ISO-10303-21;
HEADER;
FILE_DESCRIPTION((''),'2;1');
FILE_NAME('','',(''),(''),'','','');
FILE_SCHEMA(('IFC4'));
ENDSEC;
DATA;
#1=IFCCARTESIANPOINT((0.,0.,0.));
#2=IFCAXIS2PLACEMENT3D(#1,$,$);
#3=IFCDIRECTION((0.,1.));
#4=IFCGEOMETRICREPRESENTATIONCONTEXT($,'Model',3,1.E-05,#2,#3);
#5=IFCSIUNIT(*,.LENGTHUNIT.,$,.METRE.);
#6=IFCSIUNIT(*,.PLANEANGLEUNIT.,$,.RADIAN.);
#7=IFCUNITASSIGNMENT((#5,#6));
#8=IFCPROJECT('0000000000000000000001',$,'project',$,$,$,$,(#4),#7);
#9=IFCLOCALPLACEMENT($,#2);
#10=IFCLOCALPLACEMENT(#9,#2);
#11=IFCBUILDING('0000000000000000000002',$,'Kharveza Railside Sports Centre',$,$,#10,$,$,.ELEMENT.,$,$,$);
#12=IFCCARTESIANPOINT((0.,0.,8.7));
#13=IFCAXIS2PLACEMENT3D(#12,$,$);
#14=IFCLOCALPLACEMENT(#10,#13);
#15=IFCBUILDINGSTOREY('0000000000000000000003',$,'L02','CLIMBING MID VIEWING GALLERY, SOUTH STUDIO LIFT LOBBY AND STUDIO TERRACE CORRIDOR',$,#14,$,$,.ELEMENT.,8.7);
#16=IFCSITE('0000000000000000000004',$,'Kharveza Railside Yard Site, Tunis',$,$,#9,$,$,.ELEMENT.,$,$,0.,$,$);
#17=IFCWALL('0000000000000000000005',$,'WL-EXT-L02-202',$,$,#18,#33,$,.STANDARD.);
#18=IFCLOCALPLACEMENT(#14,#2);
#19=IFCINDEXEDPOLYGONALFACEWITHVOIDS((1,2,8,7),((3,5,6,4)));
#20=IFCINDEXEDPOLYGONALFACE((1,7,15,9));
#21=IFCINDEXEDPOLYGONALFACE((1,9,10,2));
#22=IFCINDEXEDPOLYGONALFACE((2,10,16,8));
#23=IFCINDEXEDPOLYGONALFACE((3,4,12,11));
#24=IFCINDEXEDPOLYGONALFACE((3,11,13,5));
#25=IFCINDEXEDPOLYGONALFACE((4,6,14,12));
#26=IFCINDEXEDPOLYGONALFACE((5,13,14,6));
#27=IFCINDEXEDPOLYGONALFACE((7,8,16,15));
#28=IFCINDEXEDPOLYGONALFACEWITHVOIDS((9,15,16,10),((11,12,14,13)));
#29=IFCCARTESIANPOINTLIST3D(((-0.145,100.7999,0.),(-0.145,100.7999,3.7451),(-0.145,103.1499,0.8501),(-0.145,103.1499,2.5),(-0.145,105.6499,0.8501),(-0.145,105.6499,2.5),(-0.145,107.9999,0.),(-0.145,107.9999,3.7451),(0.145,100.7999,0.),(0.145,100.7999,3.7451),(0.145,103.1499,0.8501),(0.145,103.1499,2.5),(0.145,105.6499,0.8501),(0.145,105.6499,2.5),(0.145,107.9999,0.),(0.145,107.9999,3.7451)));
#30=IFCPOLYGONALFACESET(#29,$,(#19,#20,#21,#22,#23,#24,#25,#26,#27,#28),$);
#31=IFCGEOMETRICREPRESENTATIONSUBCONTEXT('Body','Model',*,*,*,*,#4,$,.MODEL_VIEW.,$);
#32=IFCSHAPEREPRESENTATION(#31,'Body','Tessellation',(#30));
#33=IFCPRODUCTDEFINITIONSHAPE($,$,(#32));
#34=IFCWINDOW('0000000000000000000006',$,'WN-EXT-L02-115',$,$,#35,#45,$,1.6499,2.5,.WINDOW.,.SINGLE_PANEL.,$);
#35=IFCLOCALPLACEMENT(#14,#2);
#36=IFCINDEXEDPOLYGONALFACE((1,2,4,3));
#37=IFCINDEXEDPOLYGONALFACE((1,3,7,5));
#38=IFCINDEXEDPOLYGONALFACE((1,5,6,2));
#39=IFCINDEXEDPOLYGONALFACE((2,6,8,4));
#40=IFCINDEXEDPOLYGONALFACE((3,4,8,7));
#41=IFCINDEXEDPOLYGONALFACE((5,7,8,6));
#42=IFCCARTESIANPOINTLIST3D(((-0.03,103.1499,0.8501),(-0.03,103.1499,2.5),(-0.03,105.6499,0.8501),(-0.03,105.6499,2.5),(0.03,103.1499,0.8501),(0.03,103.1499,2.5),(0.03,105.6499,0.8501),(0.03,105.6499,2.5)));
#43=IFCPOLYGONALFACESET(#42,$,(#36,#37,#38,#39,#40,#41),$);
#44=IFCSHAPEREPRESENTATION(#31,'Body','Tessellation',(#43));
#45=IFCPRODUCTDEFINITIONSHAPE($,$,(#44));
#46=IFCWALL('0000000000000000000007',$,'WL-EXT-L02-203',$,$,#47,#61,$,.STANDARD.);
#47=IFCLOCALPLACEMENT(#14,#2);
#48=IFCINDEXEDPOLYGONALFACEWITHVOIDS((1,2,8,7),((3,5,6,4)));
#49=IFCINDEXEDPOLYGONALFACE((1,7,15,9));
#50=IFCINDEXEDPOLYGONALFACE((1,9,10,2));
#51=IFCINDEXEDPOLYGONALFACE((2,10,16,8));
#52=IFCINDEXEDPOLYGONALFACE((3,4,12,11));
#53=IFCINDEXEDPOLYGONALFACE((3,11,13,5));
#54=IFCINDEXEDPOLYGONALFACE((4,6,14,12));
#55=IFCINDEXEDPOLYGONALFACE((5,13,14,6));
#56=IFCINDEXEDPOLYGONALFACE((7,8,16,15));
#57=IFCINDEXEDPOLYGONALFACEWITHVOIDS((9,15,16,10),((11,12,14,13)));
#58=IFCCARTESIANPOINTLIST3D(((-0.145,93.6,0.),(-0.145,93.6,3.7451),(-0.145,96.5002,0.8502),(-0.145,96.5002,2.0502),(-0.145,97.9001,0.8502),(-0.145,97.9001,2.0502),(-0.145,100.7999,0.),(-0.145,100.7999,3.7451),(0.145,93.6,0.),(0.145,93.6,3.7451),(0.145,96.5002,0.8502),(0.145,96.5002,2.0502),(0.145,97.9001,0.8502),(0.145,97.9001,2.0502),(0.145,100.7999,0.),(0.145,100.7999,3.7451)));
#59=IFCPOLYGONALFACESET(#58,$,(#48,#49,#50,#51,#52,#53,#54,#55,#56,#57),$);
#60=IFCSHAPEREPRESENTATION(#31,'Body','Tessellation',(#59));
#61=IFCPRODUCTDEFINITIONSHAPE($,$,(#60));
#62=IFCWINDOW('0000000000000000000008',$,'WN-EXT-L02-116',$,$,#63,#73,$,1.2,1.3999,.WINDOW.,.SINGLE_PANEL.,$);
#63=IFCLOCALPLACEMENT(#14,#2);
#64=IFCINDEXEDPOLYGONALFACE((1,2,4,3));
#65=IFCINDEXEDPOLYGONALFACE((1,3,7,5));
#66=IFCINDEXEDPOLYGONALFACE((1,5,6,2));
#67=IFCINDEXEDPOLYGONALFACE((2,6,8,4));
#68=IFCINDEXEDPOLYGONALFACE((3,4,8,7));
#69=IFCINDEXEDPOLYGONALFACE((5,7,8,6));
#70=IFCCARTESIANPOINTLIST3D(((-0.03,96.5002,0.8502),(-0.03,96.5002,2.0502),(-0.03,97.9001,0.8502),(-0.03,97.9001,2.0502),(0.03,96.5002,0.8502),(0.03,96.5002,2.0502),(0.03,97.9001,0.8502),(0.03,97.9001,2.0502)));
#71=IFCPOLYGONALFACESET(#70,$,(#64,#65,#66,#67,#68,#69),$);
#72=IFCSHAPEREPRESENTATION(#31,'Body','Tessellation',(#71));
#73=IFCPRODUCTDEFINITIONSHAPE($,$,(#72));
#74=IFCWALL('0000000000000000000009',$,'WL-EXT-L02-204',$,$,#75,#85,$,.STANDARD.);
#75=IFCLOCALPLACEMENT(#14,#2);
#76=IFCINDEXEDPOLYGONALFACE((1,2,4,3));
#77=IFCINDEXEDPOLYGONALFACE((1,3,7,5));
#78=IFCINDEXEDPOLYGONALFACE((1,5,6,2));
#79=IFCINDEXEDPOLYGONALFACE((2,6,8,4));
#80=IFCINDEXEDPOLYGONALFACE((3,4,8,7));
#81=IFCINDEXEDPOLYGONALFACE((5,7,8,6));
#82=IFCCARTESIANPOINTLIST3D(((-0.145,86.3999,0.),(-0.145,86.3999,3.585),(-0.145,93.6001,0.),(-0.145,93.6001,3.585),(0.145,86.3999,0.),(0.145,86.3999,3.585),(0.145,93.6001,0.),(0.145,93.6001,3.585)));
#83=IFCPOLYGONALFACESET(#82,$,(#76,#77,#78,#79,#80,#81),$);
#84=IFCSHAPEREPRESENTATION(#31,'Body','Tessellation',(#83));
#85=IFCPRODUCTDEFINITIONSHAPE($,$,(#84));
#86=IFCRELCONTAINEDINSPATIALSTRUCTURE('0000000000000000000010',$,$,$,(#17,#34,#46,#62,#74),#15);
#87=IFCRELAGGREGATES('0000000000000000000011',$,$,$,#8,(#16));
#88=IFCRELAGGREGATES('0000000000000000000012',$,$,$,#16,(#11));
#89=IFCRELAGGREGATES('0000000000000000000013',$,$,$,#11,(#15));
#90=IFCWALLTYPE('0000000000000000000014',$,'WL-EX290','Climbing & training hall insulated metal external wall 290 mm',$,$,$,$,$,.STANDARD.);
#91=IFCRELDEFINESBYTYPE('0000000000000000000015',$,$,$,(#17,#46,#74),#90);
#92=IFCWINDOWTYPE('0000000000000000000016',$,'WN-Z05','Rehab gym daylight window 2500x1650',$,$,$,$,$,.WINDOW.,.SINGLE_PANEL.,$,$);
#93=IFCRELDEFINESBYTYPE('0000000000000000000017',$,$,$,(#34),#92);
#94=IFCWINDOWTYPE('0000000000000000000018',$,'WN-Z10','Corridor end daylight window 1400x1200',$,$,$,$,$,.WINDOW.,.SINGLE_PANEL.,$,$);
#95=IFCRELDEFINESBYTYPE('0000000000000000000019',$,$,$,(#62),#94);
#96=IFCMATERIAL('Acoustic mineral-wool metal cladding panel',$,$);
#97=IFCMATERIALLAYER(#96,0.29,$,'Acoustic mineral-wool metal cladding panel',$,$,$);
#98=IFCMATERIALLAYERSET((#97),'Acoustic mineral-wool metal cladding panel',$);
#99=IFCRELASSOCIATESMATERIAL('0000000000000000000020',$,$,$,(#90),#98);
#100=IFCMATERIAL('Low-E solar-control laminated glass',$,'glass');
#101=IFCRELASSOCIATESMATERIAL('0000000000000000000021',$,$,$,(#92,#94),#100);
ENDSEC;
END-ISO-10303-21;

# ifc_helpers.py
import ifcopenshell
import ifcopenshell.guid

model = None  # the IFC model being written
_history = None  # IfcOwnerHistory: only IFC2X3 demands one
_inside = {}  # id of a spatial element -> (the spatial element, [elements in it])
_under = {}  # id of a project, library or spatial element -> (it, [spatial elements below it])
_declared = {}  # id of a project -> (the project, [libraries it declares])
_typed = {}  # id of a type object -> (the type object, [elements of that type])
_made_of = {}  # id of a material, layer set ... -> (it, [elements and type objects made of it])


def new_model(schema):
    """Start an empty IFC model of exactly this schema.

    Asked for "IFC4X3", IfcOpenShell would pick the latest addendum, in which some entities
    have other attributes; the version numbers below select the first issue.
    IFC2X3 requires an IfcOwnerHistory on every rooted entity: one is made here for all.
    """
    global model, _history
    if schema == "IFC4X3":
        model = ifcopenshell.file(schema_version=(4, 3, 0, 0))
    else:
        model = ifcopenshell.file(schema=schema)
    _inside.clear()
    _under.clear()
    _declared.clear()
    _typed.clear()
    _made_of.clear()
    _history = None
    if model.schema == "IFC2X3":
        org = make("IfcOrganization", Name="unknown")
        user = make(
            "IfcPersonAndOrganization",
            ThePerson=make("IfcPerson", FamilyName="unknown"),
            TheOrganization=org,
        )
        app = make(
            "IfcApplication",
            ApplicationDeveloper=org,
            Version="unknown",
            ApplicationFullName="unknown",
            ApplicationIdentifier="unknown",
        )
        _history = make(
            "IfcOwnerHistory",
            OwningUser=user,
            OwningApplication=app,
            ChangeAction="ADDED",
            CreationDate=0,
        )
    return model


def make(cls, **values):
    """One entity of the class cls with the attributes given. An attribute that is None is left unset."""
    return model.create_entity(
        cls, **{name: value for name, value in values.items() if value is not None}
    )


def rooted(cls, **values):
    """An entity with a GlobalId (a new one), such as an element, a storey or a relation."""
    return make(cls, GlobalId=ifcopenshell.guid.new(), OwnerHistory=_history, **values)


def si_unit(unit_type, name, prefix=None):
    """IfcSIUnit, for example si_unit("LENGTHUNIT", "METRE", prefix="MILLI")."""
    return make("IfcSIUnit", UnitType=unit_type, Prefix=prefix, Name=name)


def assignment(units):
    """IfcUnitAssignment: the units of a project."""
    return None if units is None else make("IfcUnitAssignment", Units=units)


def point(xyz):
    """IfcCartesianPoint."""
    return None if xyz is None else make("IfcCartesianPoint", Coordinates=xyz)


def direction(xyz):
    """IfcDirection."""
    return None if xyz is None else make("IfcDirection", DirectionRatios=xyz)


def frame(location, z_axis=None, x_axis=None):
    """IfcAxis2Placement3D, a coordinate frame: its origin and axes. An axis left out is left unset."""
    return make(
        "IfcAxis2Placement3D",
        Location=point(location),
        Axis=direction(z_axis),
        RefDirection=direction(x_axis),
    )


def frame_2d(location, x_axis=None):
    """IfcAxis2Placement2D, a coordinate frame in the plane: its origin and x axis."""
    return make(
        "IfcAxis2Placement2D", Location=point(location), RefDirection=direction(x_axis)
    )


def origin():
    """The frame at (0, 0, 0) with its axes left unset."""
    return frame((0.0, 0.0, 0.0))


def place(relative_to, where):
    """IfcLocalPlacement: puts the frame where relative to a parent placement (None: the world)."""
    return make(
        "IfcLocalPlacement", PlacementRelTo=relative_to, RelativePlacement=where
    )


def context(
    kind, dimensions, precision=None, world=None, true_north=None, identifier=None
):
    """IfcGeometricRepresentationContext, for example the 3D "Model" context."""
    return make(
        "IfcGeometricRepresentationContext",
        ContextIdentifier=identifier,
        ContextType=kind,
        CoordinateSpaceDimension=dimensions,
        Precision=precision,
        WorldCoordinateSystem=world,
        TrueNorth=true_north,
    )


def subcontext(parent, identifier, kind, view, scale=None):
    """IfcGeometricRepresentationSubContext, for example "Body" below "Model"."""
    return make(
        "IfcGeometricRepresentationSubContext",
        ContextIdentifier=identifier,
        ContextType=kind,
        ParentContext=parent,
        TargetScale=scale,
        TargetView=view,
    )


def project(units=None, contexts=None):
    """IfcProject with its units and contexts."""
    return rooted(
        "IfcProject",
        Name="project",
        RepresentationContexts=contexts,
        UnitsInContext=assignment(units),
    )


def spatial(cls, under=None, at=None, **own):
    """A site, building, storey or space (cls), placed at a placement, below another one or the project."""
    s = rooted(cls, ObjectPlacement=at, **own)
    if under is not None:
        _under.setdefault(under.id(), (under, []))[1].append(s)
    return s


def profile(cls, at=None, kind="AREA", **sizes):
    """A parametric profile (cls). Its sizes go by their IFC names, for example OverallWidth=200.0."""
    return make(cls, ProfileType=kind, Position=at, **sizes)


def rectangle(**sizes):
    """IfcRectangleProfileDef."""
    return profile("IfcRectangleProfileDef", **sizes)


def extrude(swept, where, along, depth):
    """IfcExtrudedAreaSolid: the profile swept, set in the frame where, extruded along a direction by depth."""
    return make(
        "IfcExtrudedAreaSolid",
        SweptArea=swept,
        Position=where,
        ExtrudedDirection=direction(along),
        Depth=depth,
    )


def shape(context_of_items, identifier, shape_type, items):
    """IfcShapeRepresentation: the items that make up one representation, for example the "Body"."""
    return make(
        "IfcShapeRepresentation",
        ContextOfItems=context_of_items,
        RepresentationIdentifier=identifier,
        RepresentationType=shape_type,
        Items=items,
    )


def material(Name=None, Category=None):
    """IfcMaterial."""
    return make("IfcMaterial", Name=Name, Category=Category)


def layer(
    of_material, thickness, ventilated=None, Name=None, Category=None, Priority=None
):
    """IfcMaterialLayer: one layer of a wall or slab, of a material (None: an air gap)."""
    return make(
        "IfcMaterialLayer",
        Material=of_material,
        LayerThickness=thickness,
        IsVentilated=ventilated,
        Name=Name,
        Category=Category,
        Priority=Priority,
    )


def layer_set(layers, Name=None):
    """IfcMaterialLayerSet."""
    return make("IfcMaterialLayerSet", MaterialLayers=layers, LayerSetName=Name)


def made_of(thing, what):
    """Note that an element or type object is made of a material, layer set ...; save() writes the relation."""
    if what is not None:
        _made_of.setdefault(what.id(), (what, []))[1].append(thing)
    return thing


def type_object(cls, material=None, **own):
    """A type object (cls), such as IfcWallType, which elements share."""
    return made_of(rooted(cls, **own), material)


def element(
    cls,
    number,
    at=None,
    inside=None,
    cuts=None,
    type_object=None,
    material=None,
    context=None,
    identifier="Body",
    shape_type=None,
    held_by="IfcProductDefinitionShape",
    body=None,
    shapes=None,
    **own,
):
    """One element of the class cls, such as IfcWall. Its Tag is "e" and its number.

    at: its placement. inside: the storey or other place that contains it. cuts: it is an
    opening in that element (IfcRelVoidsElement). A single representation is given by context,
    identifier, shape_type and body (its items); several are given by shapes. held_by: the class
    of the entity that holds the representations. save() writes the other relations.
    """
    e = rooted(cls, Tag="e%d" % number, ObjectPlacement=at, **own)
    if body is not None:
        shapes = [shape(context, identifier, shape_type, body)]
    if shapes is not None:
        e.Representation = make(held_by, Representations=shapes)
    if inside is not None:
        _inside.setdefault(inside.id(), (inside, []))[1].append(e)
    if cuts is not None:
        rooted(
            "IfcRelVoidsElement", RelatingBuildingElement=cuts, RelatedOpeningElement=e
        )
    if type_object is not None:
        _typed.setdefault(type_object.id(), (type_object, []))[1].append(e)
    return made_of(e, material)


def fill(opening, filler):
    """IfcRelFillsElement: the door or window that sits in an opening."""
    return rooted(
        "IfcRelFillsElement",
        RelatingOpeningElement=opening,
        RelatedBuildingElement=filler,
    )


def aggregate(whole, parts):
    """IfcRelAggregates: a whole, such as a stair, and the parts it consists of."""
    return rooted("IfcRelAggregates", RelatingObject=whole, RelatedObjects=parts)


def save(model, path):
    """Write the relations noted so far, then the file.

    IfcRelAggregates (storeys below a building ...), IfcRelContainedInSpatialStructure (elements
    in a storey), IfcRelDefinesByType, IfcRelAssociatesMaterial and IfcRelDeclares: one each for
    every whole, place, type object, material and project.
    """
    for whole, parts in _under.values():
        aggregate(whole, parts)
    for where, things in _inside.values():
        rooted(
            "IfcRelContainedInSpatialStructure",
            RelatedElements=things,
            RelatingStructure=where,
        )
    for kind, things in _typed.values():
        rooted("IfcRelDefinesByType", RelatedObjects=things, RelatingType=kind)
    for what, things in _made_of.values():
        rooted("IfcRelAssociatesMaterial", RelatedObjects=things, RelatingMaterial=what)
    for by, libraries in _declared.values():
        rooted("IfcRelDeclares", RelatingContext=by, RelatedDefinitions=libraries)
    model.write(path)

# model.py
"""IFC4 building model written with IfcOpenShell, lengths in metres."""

from ifc_helpers import new_model, si_unit, direction, frame, frame_2d, origin, place, context, subcontext, project, spatial, rectangle, extrude, material, layer, layer_set, type_object, element, fill, save


model = new_model("IFC4")

# Units and contexts
model_context = context("Model", 3, precision=1e-05, world=origin(), true_north=direction((0.0, 1.0)))
body_context = subcontext(model_context, "Body", "Model", "MODEL_VIEW")
ifc_project = project(units=[si_unit("LENGTHUNIT", "METRE"), si_unit("PLANEANGLEUNIT", "RADIAN")], contexts=[model_context])

# Site, building, storey
site_placement = place(None, origin())
site = spatial("IfcSite", under=ifc_project, at=site_placement, Name="Kharveza Railside Yard Site, Tunis", CompositionType="ELEMENT", RefElevation=0.0)
building_placement = place(site_placement, origin())
building = spatial("IfcBuilding", under=site, at=building_placement, Name="Kharveza Railside Sports Centre", CompositionType="ELEMENT")
storey_placement = place(building_placement, frame((0.0, 0.0, 8.7)))
storey = spatial("IfcBuildingStorey", under=building, at=storey_placement, Name="L02", Description="CLIMBING MID VIEWING GALLERY, SOUTH STUDIO LIFT LOBBY AND STUDIO TERRACE CORRIDOR", CompositionType="ELEMENT", Elevation=8.7)

# Shared definitions
ifc_material_1 = material(Name="Acoustic mineral-wool metal cladding panel")
ifc_material_2 = material(Name="Low-E solar-control laminated glass", Category="glass")

# Walls, openings, windows
ifc_layer_1 = layer(ifc_material_1, 0.29, Name="Acoustic mineral-wool metal cladding panel")
ifc_layer_set_1 = layer_set([ifc_layer_1], Name="Acoustic mineral-wool metal cladding panel")
wall_type_1 = type_object("IfcWallType", Name="WL-EX290", Description="Climbing & training hall insulated metal external wall 290 mm", PredefinedType="STANDARD", material=ifc_layer_set_1)
wall_1_placement = place(storey_placement, frame((0.0, 108.0, 0.0), z_axis=(0.0, 0.0, 1.0), x_axis=(0.0, -1.0, 0.0)))
wall_1 = element("IfcWall", 1, at=wall_1_placement, inside=storey, type_object=wall_type_1, Name="WL-EXT-L02-202", PredefinedType="STANDARD", context=body_context, shape_type="SweptSolid", body=[
    extrude(rectangle(XDim=7.2, YDim=0.29, at=frame_2d((3.6001, 0.0))), origin(), (0.0, 0.0, 1.0), 3.7451),
])
opening_1_placement = place(wall_1_placement, frame((2.3501, 0.0, 0.8501)))
opening_1 = element("IfcOpeningElement", 2, at=opening_1_placement, cuts=wall_1, PredefinedType="OPENING", context=body_context, shape_type="SweptSolid", body=[
    extrude(rectangle(XDim=2.5, YDim=1.6499, at=frame_2d((1.25, 0.825))), frame((0.0, 0.1699, 0.0), z_axis=(0.0, -1.0, 0.0), x_axis=(1.0, 0.0, 0.0)), (0.0, 0.0, 1.0), 0.3398),
])
window_type_1 = type_object("IfcWindowType", Name="WN-Z05", Description="Rehab gym daylight window 2500x1650", PartitioningType="SINGLE_PANEL", PredefinedType="WINDOW", material=ifc_material_2)
window_1_placement = place(opening_1_placement, origin())
window_1 = element("IfcWindow", 3, at=window_1_placement, inside=storey, type_object=window_type_1, Name="WN-EXT-L02-115", OverallHeight=1.6499, OverallWidth=2.5, PartitioningType="SINGLE_PANEL", PredefinedType="WINDOW", context=body_context, shape_type="SweptSolid", body=[
    extrude(rectangle(XDim=2.5, YDim=1.6499, at=frame_2d((1.25, 0.825))), frame((0.0, 0.03, 0.0), z_axis=(0.0, -1.0, 0.0), x_axis=(1.0, 0.0, 0.0)), (0.0, 0.0, 1.0), 0.0601),
])
fill(opening_1, window_1)
wall_2_placement = place(storey_placement, frame((0.0, 100.8, 0.0), z_axis=(0.0, 0.0, 1.0), x_axis=(0.0, -1.0, 0.0)))
wall_2 = element("IfcWall", 4, at=wall_2_placement, inside=storey, type_object=wall_type_1, Name="WL-EXT-L02-203", PredefinedType="STANDARD", context=body_context, shape_type="SweptSolid", body=[
    extrude(rectangle(XDim=7.2, YDim=0.29, at=frame_2d((3.6001, 0.0))), origin(), (0.0, 0.0, 1.0), 3.7451),
])
opening_2_placement = place(wall_2_placement, frame((2.8999, 0.0, 0.8501)))
opening_2 = element("IfcOpeningElement", 5, at=opening_2_placement, cuts=wall_2, PredefinedType="OPENING", context=body_context, shape_type="SweptSolid", body=[
    extrude(rectangle(XDim=1.3999, YDim=1.2, at=frame_2d((0.7, 0.6001))), frame((0.0, 0.1699, 0.0), z_axis=(0.0, -1.0, 0.0), x_axis=(1.0, 0.0, 0.0)), (0.0, 0.0, 1.0), 0.3398),
])
window_type_2 = type_object("IfcWindowType", Name="WN-Z10", Description="Corridor end daylight window 1400x1200", PartitioningType="SINGLE_PANEL", PredefinedType="WINDOW", material=ifc_material_2)
window_2_placement = place(opening_2_placement, origin())
window_2 = element("IfcWindow", 6, at=window_2_placement, inside=storey, type_object=window_type_2, Name="WN-EXT-L02-116", OverallHeight=1.2, OverallWidth=1.3999, PartitioningType="SINGLE_PANEL", PredefinedType="WINDOW", context=body_context, shape_type="SweptSolid", body=[
    extrude(rectangle(XDim=1.3999, YDim=1.2, at=frame_2d((0.7, 0.6001))), frame((0.0, 0.03, 0.0), z_axis=(0.0, -1.0, 0.0), x_axis=(1.0, 0.0, 0.0)), (0.0, 0.0, 1.0), 0.0601),
])
fill(opening_2, window_2)

# Wall
wall_3_placement = place(storey_placement, frame((0.0, 93.6001, 0.0), z_axis=(0.0, 0.0, 1.0), x_axis=(0.0, -1.0, 0.0)))
element("IfcWall", 7, at=wall_3_placement, inside=storey, type_object=wall_type_1, Name="WL-EXT-L02-204", PredefinedType="STANDARD", context=body_context, shape_type="SweptSolid", body=[
    extrude(rectangle(XDim=7.2002, YDim=0.29, at=frame_2d((3.6001, 0.0))), origin(), (0.0, 0.0, 1.0), 3.585),
])

save(model, "model.ifc")
